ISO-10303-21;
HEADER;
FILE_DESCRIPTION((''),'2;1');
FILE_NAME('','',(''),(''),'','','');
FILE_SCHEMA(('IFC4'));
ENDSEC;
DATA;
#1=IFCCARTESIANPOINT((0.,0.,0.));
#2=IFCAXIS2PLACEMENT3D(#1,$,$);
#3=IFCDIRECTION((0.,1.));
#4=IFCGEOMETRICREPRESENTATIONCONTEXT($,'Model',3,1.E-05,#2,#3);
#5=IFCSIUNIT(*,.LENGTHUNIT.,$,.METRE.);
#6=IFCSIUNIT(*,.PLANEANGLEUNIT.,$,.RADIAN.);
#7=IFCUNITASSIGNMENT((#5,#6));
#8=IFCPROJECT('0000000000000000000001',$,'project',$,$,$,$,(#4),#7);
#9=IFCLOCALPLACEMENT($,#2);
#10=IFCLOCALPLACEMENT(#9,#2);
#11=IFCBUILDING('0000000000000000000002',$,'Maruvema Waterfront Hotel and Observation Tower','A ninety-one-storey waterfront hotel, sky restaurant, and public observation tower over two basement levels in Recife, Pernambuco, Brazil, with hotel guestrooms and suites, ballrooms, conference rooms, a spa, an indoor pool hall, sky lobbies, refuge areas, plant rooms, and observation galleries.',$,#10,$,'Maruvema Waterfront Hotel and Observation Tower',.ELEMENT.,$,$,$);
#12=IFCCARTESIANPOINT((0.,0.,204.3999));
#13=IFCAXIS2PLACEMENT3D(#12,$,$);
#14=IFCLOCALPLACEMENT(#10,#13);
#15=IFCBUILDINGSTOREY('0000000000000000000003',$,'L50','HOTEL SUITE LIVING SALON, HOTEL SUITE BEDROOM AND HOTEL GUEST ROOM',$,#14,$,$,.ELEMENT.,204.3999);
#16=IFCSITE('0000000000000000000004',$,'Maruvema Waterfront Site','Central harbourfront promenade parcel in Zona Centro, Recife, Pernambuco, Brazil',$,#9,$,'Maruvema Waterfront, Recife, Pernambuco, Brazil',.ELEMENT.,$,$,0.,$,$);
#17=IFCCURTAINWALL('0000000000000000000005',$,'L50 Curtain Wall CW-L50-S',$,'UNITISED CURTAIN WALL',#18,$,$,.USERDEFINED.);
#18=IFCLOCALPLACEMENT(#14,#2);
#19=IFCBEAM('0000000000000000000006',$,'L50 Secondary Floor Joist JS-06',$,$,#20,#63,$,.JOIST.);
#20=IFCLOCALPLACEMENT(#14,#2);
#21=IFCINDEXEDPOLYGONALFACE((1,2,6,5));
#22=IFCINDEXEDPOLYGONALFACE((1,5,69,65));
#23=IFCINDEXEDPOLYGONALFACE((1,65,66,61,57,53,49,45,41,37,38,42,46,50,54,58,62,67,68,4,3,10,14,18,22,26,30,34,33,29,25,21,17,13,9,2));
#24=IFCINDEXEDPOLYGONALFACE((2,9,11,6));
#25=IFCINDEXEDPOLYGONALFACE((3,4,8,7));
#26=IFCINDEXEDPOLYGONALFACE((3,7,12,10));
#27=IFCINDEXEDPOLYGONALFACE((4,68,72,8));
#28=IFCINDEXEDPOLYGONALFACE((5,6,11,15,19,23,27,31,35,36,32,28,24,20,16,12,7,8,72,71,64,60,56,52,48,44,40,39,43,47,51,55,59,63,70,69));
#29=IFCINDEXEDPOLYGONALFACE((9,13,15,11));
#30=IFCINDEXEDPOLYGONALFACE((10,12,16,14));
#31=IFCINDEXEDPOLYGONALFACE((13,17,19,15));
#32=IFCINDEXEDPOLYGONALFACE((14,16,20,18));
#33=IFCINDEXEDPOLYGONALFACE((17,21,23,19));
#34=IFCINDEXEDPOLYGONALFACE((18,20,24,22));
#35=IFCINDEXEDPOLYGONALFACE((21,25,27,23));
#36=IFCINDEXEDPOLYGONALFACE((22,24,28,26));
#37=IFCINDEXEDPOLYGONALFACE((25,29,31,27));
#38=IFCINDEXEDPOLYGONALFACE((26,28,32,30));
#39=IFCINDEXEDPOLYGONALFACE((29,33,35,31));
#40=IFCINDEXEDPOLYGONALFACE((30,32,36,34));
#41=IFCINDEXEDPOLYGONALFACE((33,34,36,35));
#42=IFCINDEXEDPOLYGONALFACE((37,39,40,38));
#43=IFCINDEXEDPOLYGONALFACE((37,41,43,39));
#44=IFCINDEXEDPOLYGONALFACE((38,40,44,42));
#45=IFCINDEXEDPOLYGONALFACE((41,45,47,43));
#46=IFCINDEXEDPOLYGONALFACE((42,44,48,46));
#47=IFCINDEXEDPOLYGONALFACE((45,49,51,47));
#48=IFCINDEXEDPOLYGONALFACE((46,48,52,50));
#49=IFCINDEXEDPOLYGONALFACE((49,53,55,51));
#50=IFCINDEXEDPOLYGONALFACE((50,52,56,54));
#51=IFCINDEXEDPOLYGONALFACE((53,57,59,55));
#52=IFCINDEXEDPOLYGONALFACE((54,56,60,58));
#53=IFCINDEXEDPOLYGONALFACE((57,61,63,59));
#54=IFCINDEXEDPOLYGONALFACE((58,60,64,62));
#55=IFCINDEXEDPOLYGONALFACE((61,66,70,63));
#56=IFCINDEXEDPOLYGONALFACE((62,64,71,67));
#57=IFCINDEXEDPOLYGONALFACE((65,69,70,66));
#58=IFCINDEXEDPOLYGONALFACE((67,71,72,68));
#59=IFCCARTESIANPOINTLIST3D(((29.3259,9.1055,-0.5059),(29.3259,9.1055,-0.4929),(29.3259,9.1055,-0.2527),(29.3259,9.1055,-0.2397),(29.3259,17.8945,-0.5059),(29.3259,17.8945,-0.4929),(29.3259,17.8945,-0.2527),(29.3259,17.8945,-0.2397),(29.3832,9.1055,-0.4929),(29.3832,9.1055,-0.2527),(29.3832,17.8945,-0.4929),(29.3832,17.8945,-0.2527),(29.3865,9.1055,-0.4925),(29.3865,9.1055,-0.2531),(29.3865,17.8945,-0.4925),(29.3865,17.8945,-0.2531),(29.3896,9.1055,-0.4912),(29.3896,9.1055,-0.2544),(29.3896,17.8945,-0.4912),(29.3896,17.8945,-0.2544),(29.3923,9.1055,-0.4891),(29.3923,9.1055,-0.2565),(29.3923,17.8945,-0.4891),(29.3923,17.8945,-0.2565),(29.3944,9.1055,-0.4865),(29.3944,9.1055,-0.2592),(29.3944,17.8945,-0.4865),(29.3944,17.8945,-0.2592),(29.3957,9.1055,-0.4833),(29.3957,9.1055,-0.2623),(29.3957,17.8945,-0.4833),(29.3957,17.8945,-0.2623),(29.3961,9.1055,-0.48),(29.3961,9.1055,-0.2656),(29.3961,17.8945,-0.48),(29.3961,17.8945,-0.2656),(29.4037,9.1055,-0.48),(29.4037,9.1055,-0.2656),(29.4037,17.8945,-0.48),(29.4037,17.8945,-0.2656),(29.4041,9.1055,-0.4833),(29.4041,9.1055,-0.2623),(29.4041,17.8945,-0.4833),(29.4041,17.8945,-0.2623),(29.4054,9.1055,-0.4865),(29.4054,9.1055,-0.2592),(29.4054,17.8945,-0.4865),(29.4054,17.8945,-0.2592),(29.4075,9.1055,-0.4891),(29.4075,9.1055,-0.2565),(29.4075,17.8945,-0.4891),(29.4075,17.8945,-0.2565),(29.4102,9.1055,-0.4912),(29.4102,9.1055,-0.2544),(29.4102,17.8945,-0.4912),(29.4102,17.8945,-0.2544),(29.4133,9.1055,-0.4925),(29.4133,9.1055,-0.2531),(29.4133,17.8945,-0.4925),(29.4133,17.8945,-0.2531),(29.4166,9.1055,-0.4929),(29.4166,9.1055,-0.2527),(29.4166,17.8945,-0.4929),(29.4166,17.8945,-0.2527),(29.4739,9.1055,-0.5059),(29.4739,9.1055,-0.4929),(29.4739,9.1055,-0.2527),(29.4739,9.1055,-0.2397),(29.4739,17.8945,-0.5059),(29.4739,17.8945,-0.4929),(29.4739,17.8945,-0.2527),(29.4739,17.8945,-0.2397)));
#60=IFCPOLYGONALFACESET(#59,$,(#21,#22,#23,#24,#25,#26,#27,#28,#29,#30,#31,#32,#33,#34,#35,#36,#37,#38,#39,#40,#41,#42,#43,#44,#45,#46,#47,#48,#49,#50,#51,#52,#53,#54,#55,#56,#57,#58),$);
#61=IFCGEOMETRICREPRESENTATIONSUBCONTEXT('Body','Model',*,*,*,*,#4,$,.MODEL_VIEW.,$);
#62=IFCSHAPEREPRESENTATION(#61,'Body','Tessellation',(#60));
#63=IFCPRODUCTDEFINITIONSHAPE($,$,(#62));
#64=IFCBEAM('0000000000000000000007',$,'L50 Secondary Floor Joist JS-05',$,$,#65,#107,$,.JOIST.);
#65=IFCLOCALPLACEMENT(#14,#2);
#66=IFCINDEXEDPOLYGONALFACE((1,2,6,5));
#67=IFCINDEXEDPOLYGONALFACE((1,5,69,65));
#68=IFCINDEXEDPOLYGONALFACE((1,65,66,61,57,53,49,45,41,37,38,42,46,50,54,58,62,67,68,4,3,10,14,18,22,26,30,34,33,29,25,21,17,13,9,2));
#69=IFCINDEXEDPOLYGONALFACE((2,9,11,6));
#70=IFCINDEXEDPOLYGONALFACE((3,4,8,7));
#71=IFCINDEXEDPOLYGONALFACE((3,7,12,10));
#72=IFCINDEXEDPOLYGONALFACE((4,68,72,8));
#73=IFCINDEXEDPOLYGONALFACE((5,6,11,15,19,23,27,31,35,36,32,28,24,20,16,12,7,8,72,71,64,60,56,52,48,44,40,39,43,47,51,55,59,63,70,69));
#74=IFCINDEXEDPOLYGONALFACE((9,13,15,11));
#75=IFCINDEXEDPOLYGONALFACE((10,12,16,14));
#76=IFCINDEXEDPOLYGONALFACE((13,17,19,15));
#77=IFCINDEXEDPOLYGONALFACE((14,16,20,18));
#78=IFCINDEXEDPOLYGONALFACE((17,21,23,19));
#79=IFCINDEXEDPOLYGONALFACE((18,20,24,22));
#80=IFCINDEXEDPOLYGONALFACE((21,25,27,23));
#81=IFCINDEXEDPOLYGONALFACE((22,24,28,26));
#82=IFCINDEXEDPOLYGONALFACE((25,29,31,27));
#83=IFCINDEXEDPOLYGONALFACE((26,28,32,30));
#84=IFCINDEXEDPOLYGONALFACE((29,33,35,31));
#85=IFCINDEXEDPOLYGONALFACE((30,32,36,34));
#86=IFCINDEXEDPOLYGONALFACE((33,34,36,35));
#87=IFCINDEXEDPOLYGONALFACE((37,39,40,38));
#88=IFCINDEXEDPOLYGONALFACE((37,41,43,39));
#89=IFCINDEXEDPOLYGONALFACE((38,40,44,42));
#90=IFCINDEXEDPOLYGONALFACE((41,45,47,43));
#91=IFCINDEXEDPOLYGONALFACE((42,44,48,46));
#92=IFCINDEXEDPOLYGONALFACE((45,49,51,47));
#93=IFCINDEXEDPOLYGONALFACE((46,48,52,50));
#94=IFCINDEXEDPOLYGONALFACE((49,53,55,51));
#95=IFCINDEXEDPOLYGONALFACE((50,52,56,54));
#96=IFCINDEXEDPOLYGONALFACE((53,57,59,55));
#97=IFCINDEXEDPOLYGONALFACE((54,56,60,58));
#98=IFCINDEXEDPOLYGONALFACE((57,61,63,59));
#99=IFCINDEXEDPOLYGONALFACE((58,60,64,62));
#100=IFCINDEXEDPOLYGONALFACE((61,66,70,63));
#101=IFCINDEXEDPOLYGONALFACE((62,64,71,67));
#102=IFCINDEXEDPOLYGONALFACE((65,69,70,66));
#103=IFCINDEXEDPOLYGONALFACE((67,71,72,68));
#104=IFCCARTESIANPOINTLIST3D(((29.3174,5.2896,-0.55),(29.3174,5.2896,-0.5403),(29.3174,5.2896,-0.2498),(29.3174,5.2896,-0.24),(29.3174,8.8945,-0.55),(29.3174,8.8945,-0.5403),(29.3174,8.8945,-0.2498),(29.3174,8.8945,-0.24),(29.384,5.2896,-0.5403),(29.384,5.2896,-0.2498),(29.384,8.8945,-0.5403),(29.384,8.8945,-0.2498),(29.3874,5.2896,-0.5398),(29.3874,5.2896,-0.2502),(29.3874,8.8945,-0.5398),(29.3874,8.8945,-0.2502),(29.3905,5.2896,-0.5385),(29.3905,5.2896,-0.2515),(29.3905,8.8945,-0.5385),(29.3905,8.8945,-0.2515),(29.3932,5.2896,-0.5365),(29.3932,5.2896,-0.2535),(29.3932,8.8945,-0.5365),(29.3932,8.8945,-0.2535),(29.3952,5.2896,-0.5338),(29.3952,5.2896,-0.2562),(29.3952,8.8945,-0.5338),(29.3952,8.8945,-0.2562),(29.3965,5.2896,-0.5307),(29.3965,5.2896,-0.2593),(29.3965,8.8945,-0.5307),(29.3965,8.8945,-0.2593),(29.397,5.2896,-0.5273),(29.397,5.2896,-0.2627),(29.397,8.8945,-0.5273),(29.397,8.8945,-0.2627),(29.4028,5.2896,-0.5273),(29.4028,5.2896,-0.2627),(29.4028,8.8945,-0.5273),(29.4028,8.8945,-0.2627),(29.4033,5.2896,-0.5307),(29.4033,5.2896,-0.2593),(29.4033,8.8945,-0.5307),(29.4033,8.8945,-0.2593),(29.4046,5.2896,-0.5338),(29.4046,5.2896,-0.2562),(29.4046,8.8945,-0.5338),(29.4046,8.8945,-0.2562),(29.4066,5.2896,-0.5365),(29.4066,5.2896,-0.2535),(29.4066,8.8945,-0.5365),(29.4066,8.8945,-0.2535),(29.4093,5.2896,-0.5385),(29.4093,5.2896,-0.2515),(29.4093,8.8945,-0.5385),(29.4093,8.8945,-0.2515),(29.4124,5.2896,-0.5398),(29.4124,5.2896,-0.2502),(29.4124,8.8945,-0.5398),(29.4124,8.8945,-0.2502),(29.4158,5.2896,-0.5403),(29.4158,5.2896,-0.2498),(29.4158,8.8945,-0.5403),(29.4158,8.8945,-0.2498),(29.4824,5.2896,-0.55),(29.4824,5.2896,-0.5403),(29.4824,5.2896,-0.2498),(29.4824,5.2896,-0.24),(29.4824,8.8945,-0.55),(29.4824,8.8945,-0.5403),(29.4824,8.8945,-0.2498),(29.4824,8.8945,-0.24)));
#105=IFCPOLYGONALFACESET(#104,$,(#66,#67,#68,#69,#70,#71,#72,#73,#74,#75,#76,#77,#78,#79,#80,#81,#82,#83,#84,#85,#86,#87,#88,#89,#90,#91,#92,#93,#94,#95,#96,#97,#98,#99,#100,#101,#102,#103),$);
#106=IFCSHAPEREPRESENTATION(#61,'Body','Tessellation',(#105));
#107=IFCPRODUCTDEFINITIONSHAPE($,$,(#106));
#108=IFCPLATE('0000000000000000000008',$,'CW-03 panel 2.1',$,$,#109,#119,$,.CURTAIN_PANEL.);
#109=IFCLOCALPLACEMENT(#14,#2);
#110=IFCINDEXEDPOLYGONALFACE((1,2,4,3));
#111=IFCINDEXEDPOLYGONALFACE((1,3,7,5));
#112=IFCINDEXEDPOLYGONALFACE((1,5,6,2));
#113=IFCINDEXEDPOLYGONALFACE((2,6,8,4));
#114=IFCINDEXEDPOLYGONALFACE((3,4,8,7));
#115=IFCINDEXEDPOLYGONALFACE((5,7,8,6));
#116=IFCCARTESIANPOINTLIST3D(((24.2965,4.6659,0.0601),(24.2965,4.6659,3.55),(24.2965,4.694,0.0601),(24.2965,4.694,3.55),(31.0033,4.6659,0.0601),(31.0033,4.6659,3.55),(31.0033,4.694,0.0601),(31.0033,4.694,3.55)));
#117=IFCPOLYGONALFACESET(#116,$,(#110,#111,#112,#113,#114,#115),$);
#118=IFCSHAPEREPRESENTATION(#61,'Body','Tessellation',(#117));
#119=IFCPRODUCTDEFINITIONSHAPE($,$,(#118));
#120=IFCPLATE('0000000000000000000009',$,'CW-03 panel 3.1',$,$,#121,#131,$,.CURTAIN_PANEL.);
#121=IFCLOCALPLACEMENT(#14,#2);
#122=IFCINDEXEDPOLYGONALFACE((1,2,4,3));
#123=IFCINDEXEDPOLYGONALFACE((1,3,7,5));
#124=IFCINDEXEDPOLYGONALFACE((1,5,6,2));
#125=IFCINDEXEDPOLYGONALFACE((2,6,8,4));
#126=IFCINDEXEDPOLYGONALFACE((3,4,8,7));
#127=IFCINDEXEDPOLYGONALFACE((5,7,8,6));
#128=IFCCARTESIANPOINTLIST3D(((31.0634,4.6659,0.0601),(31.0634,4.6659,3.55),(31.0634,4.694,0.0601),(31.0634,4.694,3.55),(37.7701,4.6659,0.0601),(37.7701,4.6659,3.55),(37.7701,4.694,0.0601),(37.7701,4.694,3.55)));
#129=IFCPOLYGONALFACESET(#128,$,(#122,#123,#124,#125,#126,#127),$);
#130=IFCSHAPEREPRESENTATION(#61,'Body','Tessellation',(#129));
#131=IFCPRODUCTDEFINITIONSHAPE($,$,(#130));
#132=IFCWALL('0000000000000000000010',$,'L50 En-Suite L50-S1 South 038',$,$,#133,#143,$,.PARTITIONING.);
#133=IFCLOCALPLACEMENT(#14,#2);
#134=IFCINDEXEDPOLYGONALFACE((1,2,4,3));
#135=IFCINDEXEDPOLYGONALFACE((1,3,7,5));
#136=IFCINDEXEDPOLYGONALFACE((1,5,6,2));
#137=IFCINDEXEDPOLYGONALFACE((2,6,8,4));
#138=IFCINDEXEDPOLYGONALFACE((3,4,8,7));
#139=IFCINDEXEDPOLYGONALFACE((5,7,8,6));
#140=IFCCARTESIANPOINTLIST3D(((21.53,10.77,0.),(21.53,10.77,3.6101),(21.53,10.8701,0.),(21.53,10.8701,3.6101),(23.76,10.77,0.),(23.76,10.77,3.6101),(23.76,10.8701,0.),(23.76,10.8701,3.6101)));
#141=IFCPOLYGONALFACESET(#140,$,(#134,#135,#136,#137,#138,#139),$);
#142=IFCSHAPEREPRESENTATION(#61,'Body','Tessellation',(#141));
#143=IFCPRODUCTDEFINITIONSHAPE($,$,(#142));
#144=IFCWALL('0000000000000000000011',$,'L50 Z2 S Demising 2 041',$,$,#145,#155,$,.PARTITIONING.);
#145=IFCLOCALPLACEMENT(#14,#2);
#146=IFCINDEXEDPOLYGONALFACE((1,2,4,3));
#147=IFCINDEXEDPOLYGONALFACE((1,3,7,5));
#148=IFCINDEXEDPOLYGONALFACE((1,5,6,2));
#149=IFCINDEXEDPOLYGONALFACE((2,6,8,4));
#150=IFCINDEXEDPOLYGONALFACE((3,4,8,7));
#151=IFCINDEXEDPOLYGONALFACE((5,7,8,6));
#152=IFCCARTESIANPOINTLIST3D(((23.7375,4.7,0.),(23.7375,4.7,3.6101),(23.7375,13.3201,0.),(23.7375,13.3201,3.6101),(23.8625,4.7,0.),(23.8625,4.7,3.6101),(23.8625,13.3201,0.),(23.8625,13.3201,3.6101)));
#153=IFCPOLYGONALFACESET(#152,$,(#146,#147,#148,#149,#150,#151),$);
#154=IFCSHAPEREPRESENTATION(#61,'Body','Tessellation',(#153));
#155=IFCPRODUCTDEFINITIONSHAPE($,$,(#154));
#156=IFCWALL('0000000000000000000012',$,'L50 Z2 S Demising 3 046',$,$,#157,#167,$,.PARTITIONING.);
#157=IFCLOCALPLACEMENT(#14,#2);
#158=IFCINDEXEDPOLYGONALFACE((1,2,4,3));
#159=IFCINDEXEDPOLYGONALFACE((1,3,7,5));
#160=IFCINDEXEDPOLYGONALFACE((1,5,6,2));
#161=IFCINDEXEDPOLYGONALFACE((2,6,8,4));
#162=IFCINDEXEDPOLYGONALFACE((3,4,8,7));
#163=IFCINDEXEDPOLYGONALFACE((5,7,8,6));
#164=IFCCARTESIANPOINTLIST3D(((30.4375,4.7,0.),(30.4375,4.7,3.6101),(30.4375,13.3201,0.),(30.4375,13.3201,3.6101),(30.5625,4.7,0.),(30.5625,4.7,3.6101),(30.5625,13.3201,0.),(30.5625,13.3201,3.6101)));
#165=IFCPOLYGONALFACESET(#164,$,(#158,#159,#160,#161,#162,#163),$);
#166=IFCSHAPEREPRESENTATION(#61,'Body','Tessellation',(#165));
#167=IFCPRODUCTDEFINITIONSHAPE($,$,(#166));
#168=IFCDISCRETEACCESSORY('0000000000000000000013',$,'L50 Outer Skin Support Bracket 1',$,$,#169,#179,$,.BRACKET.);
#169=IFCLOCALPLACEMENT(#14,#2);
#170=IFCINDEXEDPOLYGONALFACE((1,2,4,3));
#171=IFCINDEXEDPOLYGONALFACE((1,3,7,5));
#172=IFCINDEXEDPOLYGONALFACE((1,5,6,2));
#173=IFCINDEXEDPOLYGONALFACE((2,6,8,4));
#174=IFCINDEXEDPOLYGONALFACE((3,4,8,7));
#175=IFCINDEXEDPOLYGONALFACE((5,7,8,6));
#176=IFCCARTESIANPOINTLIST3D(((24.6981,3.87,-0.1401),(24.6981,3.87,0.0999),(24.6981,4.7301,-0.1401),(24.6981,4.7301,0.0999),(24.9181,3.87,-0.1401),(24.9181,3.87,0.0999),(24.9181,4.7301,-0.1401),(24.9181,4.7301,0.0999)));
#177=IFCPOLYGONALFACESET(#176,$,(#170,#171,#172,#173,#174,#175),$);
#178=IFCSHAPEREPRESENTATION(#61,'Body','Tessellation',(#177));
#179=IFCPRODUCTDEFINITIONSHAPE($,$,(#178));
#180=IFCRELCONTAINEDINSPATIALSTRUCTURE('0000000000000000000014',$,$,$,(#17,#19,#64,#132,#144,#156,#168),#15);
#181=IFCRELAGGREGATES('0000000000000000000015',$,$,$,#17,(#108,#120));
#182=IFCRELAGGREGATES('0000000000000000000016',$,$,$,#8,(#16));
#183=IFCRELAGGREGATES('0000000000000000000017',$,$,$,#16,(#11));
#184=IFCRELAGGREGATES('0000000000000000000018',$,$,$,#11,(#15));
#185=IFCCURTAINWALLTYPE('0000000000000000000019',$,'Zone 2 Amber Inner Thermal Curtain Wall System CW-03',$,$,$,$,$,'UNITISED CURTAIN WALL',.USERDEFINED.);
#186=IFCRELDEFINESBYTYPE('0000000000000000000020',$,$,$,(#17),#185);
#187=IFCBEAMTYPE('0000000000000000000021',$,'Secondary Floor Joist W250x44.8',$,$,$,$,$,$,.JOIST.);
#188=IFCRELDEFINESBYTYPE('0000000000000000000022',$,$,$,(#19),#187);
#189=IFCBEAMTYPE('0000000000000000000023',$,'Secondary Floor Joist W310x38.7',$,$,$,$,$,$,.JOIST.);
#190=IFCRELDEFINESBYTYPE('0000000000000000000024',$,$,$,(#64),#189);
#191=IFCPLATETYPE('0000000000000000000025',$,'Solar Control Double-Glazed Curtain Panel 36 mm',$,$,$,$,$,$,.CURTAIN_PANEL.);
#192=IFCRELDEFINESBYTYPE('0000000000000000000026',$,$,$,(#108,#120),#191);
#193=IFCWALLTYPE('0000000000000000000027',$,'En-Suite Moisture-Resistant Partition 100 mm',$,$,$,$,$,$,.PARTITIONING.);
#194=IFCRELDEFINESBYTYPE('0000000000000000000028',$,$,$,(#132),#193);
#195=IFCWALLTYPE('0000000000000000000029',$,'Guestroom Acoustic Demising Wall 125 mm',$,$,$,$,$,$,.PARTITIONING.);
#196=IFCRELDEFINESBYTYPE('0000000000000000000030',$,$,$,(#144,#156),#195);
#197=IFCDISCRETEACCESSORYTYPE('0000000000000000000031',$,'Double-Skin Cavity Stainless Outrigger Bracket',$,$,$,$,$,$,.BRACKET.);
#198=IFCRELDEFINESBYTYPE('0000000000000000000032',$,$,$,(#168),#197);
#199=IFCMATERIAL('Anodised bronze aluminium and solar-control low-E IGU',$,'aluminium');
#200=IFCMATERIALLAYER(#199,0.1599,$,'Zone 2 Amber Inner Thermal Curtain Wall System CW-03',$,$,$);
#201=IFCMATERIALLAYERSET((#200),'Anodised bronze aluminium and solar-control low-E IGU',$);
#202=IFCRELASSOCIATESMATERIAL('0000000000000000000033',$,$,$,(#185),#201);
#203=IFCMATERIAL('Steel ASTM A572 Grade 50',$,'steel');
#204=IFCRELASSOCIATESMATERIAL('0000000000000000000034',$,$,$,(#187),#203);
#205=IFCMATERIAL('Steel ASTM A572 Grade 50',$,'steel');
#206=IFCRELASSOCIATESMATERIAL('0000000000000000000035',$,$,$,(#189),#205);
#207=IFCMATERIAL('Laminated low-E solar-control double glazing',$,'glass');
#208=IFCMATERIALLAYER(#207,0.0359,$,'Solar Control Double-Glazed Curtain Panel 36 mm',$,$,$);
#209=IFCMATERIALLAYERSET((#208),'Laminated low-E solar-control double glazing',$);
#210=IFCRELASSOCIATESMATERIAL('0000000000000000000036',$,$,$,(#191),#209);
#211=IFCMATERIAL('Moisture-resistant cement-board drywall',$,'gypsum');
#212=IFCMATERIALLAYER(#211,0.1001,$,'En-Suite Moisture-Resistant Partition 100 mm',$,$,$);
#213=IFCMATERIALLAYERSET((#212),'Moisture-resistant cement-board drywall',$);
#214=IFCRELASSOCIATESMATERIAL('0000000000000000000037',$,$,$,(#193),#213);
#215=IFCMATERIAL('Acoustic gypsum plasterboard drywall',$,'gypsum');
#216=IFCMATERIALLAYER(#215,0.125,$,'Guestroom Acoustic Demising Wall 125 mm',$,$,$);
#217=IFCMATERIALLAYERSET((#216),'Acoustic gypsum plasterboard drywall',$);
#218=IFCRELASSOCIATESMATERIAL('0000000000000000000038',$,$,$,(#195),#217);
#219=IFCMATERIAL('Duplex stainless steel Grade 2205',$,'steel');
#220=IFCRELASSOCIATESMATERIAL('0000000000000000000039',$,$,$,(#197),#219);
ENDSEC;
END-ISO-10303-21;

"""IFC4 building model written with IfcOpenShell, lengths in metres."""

from ifc_helpers import new_model, si_unit, direction, frame, frame_2d, origin, origin_2d, place, context, subcontext, project, spatial, rectangle, i_section, extrude, material, layer, layer_set, material_profile, profile_set, type_object, element, aggregate, save


model = new_model("IFC4")

# Units and contexts
model_context = context("Model", 3, precision=1e-05, world=origin(), true_north=direction((0.0, 1.0)))
body_context = subcontext(model_context, "Body", "Model", "MODEL_VIEW")
ifc_project = project(units=[si_unit("LENGTHUNIT", "METRE"), si_unit("PLANEANGLEUNIT", "RADIAN")], contexts=[model_context])

# Site, building, storey
site_placement = place(None, origin())
site = spatial("IfcSite", under=ifc_project, at=site_placement, Name="Maruvema Waterfront Site", Description="Central harbourfront promenade parcel in Zona Centro, Recife, Pernambuco, Brazil", LongName="Maruvema Waterfront, Recife, Pernambuco, Brazil", CompositionType="ELEMENT", RefElevation=0.0)
building_placement = place(site_placement, origin())
building = spatial("IfcBuilding", under=site, at=building_placement, Name="Maruvema Waterfront Hotel and Observation Tower", Description="A ninety-one-storey waterfront hotel, sky restaurant, and public observation tower over two basement levels in Recife, Pernambuco, Brazil, with hotel guestrooms and suites, ballrooms, conference rooms, a spa, an indoor pool hall, sky lobbies, refuge areas, plant rooms, and observation galleries.", LongName="Maruvema Waterfront Hotel and Observation Tower", CompositionType="ELEMENT")
storey_placement = place(building_placement, frame((0.0, 0.0, 204.3999)))
storey = spatial("IfcBuildingStorey", under=building, at=storey_placement, Name="L50", Description="HOTEL SUITE LIVING SALON, HOTEL SUITE BEDROOM AND HOTEL GUEST ROOM", CompositionType="ELEMENT", Elevation=204.3999)

# Curtain wall
ifc_material_1 = material(Name="Anodised bronze aluminium and solar-control low-E IGU", Category="aluminium")
ifc_layer_1 = layer(ifc_material_1, 0.1599, Name="Zone 2 Amber Inner Thermal Curtain Wall System CW-03")
ifc_layer_set_1 = layer_set([ifc_layer_1], Name="Anodised bronze aluminium and solar-control low-E IGU")
curtain_wall_type = type_object("IfcCurtainWallType", Name="Zone 2 Amber Inner Thermal Curtain Wall System CW-03", ElementType="UNITISED CURTAIN WALL", PredefinedType="USERDEFINED", material=ifc_layer_set_1)
curtain_wall_placement = place(storey_placement, origin())
curtain_wall = element("IfcCurtainWall", 1, at=curtain_wall_placement, inside=storey, type_object=curtain_wall_type, Name="L50 Curtain Wall CW-L50-S", ObjectType="UNITISED CURTAIN WALL", PredefinedType="USERDEFINED")

# Beams
ifc_material_2 = material(Name="Steel ASTM A572 Grade 50", Category="steel")
ifc_material_profile_1 = material_profile(ifc_material_2, i_section(OverallWidth=0.1479, OverallDepth=0.2661, WebThickness=0.0076, FlangeThickness=0.0129, FilletRadius=0.0129, at=origin_2d()), Name="W250x44.8")
ifc_profile_set_1 = profile_set([ifc_material_profile_1], Name="Steel ASTM A572 Grade 50")
beam_type_1 = type_object("IfcBeamType", Name="Secondary Floor Joist W250x44.8", PredefinedType="JOIST", material=ifc_profile_set_1)
beam_1_placement = place(storey_placement, frame((29.3999, 9.1055, -0.3728), z_axis=(0.0, 1.0, 0.0), x_axis=(-1.0, 0.0, 0.0)))
element("IfcBeam", 2, at=beam_1_placement, inside=storey, type_object=beam_type_1, Name="L50 Secondary Floor Joist JS-06", PredefinedType="JOIST", context=body_context, shape_type="SweptSolid", body=[
    extrude(i_section(OverallWidth=0.1479, OverallDepth=0.2661, WebThickness=0.0076, FlangeThickness=0.0129, FilletRadius=0.0129, at=origin_2d()), origin(), (0.0, 0.0, 1.0), 8.7891),
])
ifc_material_3 = material(Name="Steel ASTM A572 Grade 50", Category="steel")
ifc_material_profile_2 = material_profile(ifc_material_3, i_section(OverallWidth=0.165, OverallDepth=0.3101, WebThickness=0.0059, FlangeThickness=0.0098, FilletRadius=0.0129, at=origin_2d()), Name="W310x38.7")
ifc_profile_set_2 = profile_set([ifc_material_profile_2], Name="Steel ASTM A572 Grade 50")
beam_type_2 = type_object("IfcBeamType", Name="Secondary Floor Joist W310x38.7", PredefinedType="JOIST", material=ifc_profile_set_2)
beam_2_placement = place(storey_placement, frame((29.3999, 5.2896, -0.395), z_axis=(0.0, 1.0, 0.0), x_axis=(-1.0, 0.0, 0.0)))
element("IfcBeam", 3, at=beam_2_placement, inside=storey, type_object=beam_type_2, Name="L50 Secondary Floor Joist JS-05", PredefinedType="JOIST", context=body_context, shape_type="SweptSolid", body=[
    extrude(i_section(OverallWidth=0.165, OverallDepth=0.3101, WebThickness=0.0059, FlangeThickness=0.0098, FilletRadius=0.0129, at=origin_2d()), origin(), (0.0, 0.0, 1.0), 3.605),
])

# Plates
ifc_material_4 = material(Name="Laminated low-E solar-control double glazing", Category="glass")
ifc_layer_2 = layer(ifc_material_4, 0.0359, Name="Solar Control Double-Glazed Curtain Panel 36 mm")
ifc_layer_set_2 = layer_set([ifc_layer_2], Name="Laminated low-E solar-control double glazing")
plate_type = type_object("IfcPlateType", Name="Solar Control Double-Glazed Curtain Panel 36 mm", PredefinedType="CURTAIN_PANEL", material=ifc_layer_set_2)
plate_1_placement = place(storey_placement, frame((27.6499, 4.6799, 0.0601), z_axis=(0.0, 0.0, 1.0), x_axis=(1.0, 0.0, 0.0)))
plate_1 = element("IfcPlate", 4, at=plate_1_placement, type_object=plate_type, Name="CW-03 panel 2.1", PredefinedType="CURTAIN_PANEL", context=body_context, shape_type="SweptSolid", body=[
    extrude(rectangle(XDim=6.7068, YDim=0.0281, at=origin_2d()), origin(), (0.0, 0.0, 1.0), 3.49),
])
plate_2_placement = place(storey_placement, frame((34.4167, 4.6799, 0.0601), z_axis=(0.0, 0.0, 1.0), x_axis=(1.0, 0.0, 0.0)))
plate_2 = element("IfcPlate", 5, at=plate_2_placement, type_object=plate_type, Name="CW-03 panel 3.1", PredefinedType="CURTAIN_PANEL", context=body_context, shape_type="SweptSolid", body=[
    extrude(rectangle(XDim=6.7068, YDim=0.0281, at=origin_2d()), origin(), (0.0, 0.0, 1.0), 3.49),
])
aggregate(curtain_wall, [plate_1, plate_2])

# Walls
ifc_material_5 = material(Name="Moisture-resistant cement-board drywall", Category="gypsum")
ifc_layer_3 = layer(ifc_material_5, 0.1001, Name="En-Suite Moisture-Resistant Partition 100 mm")
ifc_layer_set_3 = layer_set([ifc_layer_3], Name="Moisture-resistant cement-board drywall")
wall_type_1 = type_object("IfcWallType", Name="En-Suite Moisture-Resistant Partition 100 mm", PredefinedType="PARTITIONING", material=ifc_layer_set_3)
wall_placement = place(storey_placement, frame((21.53, 10.8201, 0.0), z_axis=(0.0, 0.0, 1.0), x_axis=(1.0, 0.0, 0.0)))
element("IfcWall", 6, at=wall_placement, inside=storey, type_object=wall_type_1, Name="L50 En-Suite L50-S1 South 038", PredefinedType="PARTITIONING", context=body_context, shape_type="SweptSolid", body=[
    extrude(rectangle(XDim=2.23, YDim=0.1001, at=frame_2d((1.115, 0.0))), origin(), (0.0, 0.0, 1.0), 3.6101),
])
ifc_material_6 = material(Name="Acoustic gypsum plasterboard drywall", Category="gypsum")
ifc_layer_4 = layer(ifc_material_6, 0.125, Name="Guestroom Acoustic Demising Wall 125 mm")
ifc_layer_set_4 = layer_set([ifc_layer_4], Name="Acoustic gypsum plasterboard drywall")
wall_type_2 = type_object("IfcWallType", Name="Guestroom Acoustic Demising Wall 125 mm", PredefinedType="PARTITIONING", material=ifc_layer_set_4)
for number, where, z_axis, x_axis, name in (
    (7, (23.8, 4.7, 0.0), (0.0, 0.0, 1.0), (0.0, 1.0, 0.0), "L50 Z2 S Demising 2 041"),
    (8, (30.5, 4.7, 0.0), (0.0, 0.0, 1.0), (0.0, 1.0, 0.0), "L50 Z2 S Demising 3 046"),
):
    element("IfcWall", number, at=place(storey_placement, frame(where, z_axis=z_axis, x_axis=x_axis)), inside=storey, type_object=wall_type_2, Name=name, PredefinedType="PARTITIONING", context=body_context, shape_type="SweptSolid", body=[
        extrude(rectangle(XDim=8.6201, YDim=0.125, at=frame_2d((4.3101, 0.0))), origin(), (0.0, 0.0, 1.0), 3.6101),
    ])

# Discrete accessory
ifc_material_7 = material(Name="Duplex stainless steel Grade 2205", Category="steel")
discrete_accessory_type = type_object("IfcDiscreteAccessoryType", Name="Double-Skin Cavity Stainless Outrigger Bracket", PredefinedType="BRACKET", material=ifc_material_7)
discrete_accessory_placement = place(storey_placement, frame((24.8081, 4.3, -0.1401), z_axis=(0.0, 0.0, 1.0), x_axis=(1.0, 0.0, 0.0)))
element("IfcDiscreteAccessory", 9, at=discrete_accessory_placement, inside=storey, type_object=discrete_accessory_type, Name="L50 Outer Skin Support Bracket 1", PredefinedType="BRACKET", context=body_context, shape_type="SweptSolid", body=[
    extrude(rectangle(XDim=0.22, YDim=0.8601, at=origin_2d()), origin(), (0.0, 0.0, 1.0), 0.24),
])

save(model, "model.ifc")
